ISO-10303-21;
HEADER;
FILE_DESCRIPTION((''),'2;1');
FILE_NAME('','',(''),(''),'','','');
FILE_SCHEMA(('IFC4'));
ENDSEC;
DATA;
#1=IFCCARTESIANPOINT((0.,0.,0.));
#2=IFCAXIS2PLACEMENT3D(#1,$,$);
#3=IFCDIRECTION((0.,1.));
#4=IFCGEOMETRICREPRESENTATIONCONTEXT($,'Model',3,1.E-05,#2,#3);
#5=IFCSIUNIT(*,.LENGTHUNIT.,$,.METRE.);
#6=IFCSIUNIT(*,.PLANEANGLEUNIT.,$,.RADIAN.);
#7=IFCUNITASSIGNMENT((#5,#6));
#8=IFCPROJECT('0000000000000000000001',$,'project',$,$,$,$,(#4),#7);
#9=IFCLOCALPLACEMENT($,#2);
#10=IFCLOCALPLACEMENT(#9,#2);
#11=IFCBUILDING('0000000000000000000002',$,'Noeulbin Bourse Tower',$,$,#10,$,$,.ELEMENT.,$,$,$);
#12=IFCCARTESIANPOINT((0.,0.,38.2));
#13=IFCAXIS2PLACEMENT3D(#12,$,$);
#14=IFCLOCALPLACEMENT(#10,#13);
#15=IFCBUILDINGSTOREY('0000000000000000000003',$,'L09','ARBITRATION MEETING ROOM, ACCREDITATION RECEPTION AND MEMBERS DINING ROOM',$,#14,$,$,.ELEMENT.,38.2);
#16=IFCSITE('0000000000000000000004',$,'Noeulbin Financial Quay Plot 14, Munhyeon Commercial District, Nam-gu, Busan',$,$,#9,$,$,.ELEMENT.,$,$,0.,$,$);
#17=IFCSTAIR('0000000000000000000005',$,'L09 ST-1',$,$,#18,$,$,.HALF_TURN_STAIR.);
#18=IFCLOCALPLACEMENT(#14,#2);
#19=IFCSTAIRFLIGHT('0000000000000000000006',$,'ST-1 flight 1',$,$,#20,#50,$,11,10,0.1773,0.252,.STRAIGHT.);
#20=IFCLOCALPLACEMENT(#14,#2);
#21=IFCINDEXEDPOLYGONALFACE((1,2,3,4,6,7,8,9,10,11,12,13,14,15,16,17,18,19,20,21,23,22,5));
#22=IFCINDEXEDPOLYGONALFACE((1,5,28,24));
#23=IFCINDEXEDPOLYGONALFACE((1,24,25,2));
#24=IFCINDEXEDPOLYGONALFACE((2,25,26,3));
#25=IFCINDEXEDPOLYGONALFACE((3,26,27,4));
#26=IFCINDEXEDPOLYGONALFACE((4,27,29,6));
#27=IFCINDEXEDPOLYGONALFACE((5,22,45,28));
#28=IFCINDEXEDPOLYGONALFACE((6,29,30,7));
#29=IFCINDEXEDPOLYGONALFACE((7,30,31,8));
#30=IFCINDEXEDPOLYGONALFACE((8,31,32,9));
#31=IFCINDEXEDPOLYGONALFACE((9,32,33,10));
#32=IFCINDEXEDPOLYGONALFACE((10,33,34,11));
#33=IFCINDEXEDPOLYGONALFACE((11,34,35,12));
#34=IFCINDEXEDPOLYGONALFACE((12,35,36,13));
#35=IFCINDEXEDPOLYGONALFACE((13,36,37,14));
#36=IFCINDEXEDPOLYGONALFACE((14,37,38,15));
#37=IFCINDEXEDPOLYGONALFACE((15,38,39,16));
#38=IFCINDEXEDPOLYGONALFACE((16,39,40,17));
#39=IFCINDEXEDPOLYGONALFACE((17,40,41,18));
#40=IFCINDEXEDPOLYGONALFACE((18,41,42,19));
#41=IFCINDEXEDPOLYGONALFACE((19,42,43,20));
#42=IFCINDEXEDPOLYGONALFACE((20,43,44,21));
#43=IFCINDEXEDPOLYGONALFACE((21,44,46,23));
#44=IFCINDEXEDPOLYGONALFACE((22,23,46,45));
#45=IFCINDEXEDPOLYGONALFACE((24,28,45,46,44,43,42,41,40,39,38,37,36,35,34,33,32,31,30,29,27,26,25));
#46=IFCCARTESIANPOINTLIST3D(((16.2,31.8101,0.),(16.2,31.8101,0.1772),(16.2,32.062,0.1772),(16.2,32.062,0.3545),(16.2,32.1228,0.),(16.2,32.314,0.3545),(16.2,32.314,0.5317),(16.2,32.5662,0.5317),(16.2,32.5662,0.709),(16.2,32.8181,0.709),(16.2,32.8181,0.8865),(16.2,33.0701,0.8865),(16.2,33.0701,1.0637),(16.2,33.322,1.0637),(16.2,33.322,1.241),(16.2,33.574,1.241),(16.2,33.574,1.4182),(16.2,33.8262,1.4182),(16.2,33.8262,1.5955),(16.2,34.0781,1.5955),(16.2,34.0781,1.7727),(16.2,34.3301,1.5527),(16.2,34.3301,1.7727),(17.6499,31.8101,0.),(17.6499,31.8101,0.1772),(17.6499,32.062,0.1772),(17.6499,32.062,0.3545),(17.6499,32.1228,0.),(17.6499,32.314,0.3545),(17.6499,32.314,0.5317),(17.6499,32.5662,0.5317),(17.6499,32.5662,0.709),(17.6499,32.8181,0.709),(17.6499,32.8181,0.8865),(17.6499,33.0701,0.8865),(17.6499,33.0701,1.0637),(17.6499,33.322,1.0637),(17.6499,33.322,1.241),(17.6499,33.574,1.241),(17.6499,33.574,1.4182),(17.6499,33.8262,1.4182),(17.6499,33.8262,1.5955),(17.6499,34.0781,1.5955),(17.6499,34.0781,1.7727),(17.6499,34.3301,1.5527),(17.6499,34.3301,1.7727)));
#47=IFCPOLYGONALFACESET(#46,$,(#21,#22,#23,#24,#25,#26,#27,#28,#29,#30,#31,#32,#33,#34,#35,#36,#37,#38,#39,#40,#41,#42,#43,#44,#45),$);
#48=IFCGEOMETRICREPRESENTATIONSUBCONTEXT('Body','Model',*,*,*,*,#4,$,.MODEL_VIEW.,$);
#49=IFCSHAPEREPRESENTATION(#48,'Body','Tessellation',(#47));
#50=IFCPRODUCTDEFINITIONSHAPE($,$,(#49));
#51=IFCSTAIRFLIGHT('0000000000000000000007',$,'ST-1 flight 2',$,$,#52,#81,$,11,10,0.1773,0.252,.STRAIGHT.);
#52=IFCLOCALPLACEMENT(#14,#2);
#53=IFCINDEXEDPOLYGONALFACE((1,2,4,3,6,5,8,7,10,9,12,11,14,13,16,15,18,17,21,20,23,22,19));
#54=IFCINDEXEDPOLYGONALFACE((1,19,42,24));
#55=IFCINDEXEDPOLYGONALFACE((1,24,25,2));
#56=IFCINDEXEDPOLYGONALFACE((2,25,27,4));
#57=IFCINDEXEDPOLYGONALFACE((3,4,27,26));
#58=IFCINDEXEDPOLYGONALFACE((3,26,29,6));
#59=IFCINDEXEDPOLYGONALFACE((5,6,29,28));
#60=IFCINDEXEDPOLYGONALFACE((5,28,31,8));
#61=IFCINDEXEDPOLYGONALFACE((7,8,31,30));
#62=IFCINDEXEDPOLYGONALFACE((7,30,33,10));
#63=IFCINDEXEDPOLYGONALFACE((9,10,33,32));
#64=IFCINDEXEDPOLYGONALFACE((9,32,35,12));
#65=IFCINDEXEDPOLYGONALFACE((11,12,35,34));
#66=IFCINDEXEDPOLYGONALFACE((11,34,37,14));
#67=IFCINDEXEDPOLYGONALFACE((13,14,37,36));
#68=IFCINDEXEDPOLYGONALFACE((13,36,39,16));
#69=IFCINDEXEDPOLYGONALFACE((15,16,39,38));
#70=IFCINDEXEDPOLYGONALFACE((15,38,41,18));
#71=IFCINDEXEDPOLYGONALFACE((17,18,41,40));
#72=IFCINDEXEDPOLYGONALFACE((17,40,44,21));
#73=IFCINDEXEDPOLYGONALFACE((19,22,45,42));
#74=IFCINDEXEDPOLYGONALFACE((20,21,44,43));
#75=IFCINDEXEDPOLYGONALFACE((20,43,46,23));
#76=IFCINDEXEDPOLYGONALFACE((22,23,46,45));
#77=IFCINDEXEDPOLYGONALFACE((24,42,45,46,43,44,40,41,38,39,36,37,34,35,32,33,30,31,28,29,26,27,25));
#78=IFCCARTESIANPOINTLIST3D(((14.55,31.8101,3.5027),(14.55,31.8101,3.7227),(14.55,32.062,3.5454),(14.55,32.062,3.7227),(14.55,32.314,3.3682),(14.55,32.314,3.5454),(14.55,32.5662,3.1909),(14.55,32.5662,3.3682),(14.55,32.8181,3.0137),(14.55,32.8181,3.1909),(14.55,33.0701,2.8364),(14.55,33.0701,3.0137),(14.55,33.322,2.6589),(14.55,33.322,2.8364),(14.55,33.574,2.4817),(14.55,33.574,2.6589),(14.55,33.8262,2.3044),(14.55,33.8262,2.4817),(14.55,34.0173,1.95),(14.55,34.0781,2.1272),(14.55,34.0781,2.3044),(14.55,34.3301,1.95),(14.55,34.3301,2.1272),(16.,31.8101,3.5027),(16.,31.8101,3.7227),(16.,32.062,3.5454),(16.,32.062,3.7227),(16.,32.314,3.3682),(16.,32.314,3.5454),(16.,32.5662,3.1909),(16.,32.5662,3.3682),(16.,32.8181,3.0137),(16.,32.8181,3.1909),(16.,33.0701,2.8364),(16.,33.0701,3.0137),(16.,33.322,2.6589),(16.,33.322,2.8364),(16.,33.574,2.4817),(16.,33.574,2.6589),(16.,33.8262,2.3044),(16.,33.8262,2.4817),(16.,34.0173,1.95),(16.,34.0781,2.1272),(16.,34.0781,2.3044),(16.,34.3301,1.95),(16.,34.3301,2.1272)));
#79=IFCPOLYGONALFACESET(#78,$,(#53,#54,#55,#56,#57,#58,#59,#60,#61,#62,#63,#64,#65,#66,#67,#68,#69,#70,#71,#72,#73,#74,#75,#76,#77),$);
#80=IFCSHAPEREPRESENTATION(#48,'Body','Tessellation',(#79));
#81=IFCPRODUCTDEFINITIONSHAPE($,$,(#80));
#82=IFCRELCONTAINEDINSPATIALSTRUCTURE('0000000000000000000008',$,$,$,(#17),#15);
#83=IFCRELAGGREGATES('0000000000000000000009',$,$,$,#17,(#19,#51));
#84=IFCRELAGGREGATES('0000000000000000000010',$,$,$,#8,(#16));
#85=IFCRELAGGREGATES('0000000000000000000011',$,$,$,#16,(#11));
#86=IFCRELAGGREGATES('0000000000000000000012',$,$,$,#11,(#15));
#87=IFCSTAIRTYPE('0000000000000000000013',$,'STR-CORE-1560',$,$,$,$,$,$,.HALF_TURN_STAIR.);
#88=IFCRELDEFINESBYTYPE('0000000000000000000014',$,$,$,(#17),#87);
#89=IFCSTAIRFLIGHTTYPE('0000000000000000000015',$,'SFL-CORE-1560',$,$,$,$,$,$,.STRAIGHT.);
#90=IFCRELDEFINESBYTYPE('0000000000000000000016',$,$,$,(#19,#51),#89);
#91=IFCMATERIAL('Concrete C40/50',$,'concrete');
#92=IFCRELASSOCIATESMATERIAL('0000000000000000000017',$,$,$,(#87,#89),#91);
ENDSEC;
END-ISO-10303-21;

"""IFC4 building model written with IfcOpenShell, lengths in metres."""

from ifc_helpers import new_model, si_unit, direction, frame, origin, place, context, subcontext, project, spatial, polyline, outline, extrude, material, type_object, element, aggregate, save


model = new_model("IFC4")

# Units and contexts
model_context = context("Model", 3, precision=1e-05, world=origin(), true_north=direction((0.0, 1.0)))
body_context = subcontext(model_context, "Body", "Model", "MODEL_VIEW")
ifc_project = project(units=[si_unit("LENGTHUNIT", "METRE"), si_unit("PLANEANGLEUNIT", "RADIAN")], contexts=[model_context])

# Site, building, storey
site_placement = place(None, origin())
site = spatial("IfcSite", under=ifc_project, at=site_placement, Name="Noeulbin Financial Quay Plot 14, Munhyeon Commercial District, Nam-gu, Busan", CompositionType="ELEMENT", RefElevation=0.0)
building_placement = place(site_placement, origin())
building = spatial("IfcBuilding", under=site, at=building_placement, Name="Noeulbin Bourse Tower", CompositionType="ELEMENT")
storey_placement = place(building_placement, frame((0.0, 0.0, 38.2)))
storey = spatial("IfcBuildingStorey", under=building, at=storey_placement, Name="L09", Description="ARBITRATION MEETING ROOM, ACCREDITATION RECEPTION AND MEMBERS DINING ROOM", CompositionType="ELEMENT", Elevation=38.2)

# Shared definitions
ifc_material_1 = material(Name="Concrete C40/50", Category="concrete")

# Stair, stair flights
stair_type = type_object("IfcStairType", Name="STR-CORE-1560", PredefinedType="HALF_TURN_STAIR", material=ifc_material_1)
stair_placement = place(storey_placement, origin())
stair = element("IfcStair", 1, at=stair_placement, inside=storey, type_object=stair_type, Name="L09 ST-1", PredefinedType="HALF_TURN_STAIR")
stair_flight_type = type_object("IfcStairFlightType", Name="SFL-CORE-1560", PredefinedType="STRAIGHT", material=ifc_material_1)
stair_flight_1_placement = place(storey_placement, frame((16.925, 31.8101, 0.0), z_axis=(0.0, 0.0, 1.0), x_axis=(0.0, 1.0, 0.0)))
stair_flight_1 = element("IfcStairFlight", 2, at=stair_flight_1_placement, type_object=stair_flight_type, Name="ST-1 flight 1", NumberOfRisers=11, NumberOfTreads=10, PredefinedType="STRAIGHT", RiserHeight=0.1773, TreadLength=0.252, context=body_context, shape_type="SweptSolid", body=[
    extrude(outline(polyline([(0.0, 0.0), (0.0, 0.1772), (0.252, 0.1772), (0.252, 0.3545), (0.5039, 0.3545), (0.5039, 0.5317), (0.7561, 0.5317), (0.7561, 0.709), (1.0081, 0.709), (1.0081, 0.8865), (1.26, 0.8865), (1.26, 1.0637), (1.512, 1.0637), (1.512, 1.241), (1.7639, 1.241), (1.7639, 1.4182), (2.0161, 1.4182), (2.0161, 1.5955), (2.2681, 1.5955), (2.2681, 1.7727), (2.52, 1.7727), (2.52, 1.95), (2.52, 1.5527), (0.3127, 0.0), (0.0, 0.0)])), frame((0.0, 0.7251, 0.0), z_axis=(0.0, -1.0, 0.0), x_axis=(1.0, 0.0, 0.0)), (0.0, 0.0, 1.0), 1.45),
])
stair_flight_2_placement = place(storey_placement, frame((15.2749, 34.3301, 1.95), z_axis=(0.0, 0.0, 1.0), x_axis=(0.0, -1.0, 0.0)))
stair_flight_2 = element("IfcStairFlight", 3, at=stair_flight_2_placement, type_object=stair_flight_type, Name="ST-1 flight 2", NumberOfRisers=11, NumberOfTreads=10, PredefinedType="STRAIGHT", RiserHeight=0.1773, TreadLength=0.252, context=body_context, shape_type="SweptSolid", body=[
    extrude(outline(polyline([(0.0, 0.0), (0.0, 0.1772), (0.252, 0.1772), (0.252, 0.3545), (0.5039, 0.3545), (0.5039, 0.5317), (0.7561, 0.5317), (0.7561, 0.709), (1.0081, 0.709), (1.0081, 0.8865), (1.26, 0.8865), (1.26, 1.0637), (1.512, 1.0637), (1.512, 1.241), (1.7639, 1.241), (1.7639, 1.4182), (2.0161, 1.4182), (2.0161, 1.5955), (2.2681, 1.5955), (2.2681, 1.7727), (2.52, 1.7727), (2.52, 1.95), (2.52, 1.5527), (0.3127, 0.0), (0.0, 0.0)])), frame((0.0, 0.7251, 0.0), z_axis=(0.0, -1.0, 0.0), x_axis=(1.0, 0.0, 0.0)), (0.0, 0.0, 1.0), 1.45),
])
aggregate(stair, [stair_flight_1, stair_flight_2])

save(model, "model.ifc")
